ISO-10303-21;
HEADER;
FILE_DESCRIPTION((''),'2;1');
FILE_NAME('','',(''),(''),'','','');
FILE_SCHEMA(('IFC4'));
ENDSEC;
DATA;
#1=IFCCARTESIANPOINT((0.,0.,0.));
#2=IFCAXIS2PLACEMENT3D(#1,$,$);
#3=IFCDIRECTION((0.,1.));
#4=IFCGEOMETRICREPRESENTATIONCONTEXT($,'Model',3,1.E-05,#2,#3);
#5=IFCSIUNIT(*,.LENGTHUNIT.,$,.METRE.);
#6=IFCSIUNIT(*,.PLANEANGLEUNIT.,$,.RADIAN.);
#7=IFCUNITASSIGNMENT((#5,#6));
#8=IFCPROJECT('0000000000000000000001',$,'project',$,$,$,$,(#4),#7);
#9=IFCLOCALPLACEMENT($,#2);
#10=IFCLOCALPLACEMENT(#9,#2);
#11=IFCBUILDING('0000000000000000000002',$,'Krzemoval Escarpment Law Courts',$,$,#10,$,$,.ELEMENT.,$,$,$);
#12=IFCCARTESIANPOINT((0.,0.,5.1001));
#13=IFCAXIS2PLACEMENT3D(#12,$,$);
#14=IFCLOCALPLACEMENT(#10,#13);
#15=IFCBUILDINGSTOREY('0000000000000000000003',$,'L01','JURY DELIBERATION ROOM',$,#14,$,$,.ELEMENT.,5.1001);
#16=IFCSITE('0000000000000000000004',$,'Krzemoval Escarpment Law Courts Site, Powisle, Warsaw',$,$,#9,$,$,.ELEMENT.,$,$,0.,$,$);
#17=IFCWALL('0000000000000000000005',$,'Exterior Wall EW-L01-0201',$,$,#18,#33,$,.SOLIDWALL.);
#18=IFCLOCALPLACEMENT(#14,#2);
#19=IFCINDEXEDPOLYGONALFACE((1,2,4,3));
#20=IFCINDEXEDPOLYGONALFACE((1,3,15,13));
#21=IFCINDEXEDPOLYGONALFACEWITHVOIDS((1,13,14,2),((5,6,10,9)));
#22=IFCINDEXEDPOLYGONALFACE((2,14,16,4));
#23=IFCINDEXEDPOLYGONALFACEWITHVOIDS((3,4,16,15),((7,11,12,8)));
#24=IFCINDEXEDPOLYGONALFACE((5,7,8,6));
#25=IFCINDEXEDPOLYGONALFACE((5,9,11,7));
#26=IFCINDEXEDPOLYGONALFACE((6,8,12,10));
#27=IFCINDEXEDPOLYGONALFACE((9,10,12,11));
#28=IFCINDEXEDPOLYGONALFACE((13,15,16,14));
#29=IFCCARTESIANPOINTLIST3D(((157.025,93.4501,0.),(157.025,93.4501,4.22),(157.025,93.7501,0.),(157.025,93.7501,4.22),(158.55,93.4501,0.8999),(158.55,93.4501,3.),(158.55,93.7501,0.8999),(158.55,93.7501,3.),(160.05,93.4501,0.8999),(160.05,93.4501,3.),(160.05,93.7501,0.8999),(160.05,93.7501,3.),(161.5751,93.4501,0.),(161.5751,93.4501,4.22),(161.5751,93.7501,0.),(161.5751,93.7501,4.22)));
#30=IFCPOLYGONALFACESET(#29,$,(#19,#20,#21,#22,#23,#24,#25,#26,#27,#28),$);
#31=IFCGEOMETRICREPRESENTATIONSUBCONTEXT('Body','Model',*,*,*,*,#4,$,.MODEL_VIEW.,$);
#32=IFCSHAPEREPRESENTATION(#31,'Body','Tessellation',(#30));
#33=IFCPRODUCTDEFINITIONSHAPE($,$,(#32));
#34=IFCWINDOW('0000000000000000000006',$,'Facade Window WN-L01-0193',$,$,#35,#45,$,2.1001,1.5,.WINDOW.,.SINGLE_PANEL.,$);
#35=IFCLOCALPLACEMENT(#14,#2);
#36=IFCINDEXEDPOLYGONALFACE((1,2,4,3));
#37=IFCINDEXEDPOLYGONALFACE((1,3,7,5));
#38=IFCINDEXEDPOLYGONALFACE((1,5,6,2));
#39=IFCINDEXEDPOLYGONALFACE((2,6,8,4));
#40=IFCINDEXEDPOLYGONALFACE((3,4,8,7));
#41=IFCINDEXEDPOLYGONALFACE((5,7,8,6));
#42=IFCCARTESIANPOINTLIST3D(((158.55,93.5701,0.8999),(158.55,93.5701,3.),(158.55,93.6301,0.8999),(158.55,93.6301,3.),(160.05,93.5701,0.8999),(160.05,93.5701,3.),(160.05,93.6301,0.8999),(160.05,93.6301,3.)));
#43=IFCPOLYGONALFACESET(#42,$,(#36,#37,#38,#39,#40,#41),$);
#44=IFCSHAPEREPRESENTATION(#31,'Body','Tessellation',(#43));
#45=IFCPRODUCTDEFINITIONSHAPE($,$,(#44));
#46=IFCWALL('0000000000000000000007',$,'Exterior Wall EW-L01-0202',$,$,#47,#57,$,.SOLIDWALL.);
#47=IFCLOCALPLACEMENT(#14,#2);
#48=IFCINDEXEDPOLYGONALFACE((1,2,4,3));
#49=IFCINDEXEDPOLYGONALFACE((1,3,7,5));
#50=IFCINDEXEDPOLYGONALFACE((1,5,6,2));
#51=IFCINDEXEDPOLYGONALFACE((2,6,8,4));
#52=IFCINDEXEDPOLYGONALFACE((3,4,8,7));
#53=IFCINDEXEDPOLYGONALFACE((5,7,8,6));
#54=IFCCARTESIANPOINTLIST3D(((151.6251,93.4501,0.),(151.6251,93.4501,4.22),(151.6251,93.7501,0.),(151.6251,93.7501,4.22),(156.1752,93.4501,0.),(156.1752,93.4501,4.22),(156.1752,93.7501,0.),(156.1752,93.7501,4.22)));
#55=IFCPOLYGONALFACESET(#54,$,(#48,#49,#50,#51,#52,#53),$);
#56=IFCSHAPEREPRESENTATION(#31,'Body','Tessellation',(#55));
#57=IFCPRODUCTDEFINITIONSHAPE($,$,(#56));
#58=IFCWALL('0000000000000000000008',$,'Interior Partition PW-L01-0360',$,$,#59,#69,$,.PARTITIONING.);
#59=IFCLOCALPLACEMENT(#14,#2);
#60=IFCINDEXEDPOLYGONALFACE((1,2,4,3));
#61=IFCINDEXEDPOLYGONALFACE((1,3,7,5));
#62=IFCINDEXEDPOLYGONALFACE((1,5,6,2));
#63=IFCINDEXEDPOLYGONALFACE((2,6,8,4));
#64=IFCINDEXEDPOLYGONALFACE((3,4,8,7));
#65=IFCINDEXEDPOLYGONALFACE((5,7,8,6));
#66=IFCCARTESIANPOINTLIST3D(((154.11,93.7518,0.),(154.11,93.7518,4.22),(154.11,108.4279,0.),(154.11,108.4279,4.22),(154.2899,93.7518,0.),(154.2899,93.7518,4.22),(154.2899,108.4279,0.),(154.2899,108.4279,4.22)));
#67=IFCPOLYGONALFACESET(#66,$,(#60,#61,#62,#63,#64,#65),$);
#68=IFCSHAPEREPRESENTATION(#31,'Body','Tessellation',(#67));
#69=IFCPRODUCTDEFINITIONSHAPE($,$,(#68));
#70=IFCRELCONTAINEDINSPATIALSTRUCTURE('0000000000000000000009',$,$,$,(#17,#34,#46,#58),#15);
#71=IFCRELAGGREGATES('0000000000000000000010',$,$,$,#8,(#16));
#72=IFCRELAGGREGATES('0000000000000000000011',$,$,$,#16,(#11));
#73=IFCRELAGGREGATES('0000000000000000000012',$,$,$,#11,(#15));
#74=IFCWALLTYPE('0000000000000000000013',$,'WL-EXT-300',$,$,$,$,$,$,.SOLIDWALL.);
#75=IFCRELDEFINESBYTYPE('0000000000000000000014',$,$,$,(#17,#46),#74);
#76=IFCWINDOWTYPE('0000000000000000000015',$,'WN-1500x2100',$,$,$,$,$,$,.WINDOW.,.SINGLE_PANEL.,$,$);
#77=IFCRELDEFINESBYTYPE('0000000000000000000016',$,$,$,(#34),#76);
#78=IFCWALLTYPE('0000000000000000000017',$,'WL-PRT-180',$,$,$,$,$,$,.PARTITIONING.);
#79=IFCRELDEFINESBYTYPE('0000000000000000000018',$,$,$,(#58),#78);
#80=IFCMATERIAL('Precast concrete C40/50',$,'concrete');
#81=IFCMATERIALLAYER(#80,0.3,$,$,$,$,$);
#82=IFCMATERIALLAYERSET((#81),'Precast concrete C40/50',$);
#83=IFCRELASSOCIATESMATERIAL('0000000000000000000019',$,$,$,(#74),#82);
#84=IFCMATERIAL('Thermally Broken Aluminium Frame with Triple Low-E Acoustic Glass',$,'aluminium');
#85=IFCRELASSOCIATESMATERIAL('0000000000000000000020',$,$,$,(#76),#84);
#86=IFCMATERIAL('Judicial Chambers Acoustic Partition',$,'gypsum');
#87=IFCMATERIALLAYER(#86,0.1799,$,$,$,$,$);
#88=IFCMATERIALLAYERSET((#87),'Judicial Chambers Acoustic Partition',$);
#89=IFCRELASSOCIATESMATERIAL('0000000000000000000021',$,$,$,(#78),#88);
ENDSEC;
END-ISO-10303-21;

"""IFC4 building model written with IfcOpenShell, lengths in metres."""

from ifc_helpers import new_model, si_unit, direction, frame, frame_2d, origin, place, context, subcontext, project, spatial, rectangle, extrude, material, layer, layer_set, type_object, element, fill, save


model = new_model("IFC4")

# Units and contexts
model_context = context("Model", 3, precision=1e-05, world=origin(), true_north=direction((0.0, 1.0)))
body_context = subcontext(model_context, "Body", "Model", "MODEL_VIEW")
ifc_project = project(units=[si_unit("LENGTHUNIT", "METRE"), si_unit("PLANEANGLEUNIT", "RADIAN")], contexts=[model_context])

# Site, building, storey
site_placement = place(None, origin())
site = spatial("IfcSite", under=ifc_project, at=site_placement, Name="Krzemoval Escarpment Law Courts Site, Powisle, Warsaw", CompositionType="ELEMENT", RefElevation=0.0)
building_placement = place(site_placement, origin())
building = spatial("IfcBuilding", under=site, at=building_placement, Name="Krzemoval Escarpment Law Courts", CompositionType="ELEMENT")
storey_placement = place(building_placement, frame((0.0, 0.0, 5.1001)))
storey = spatial("IfcBuildingStorey", under=building, at=storey_placement, Name="L01", Description="JURY DELIBERATION ROOM", CompositionType="ELEMENT", Elevation=5.1001)

# Wall, opening, window
ifc_material_1 = material(Name="Precast concrete C40/50", Category="concrete")
ifc_layer_1 = layer(ifc_material_1, 0.3)
ifc_layer_set_1 = layer_set([ifc_layer_1], Name="Precast concrete C40/50")
wall_type_1 = type_object("IfcWallType", Name="WL-EXT-300", PredefinedType="SOLIDWALL", material=ifc_layer_set_1)
ifc_material_2 = material(Name="Thermally Broken Aluminium Frame with Triple Low-E Acoustic Glass", Category="aluminium")
window_type = type_object("IfcWindowType", Name="WN-1500x2100", PartitioningType="SINGLE_PANEL", PredefinedType="WINDOW", material=ifc_material_2)
wall_1_placement = place(storey_placement, frame((161.575, 93.6001, 0.0), z_axis=(0.0, 0.0, 1.0), x_axis=(-1.0, 0.0, 0.0)))
wall_1 = element("IfcWall", 1, at=wall_1_placement, inside=storey, type_object=wall_type_1, Name="Exterior Wall EW-L01-0201", PredefinedType="SOLIDWALL", context=body_context, shape_type="SweptSolid", body=[
    extrude(rectangle(XDim=4.55, YDim=0.3, at=frame_2d((2.2749, 0.0))), origin(), (0.0, 0.0, 1.0), 4.22),
])
opening_1_placement = place(wall_1_placement, frame((1.5249, 0.0, 0.8999)))
opening_1 = element("IfcOpeningElement", 2, at=opening_1_placement, cuts=wall_1, PredefinedType="OPENING", context=body_context, shape_type="SweptSolid", body=[
    extrude(rectangle(XDim=1.5, YDim=2.1001, at=frame_2d((0.75, 1.05))), frame((0.0, 0.165, 0.0), z_axis=(0.0, -1.0, 0.0), x_axis=(1.0, 0.0, 0.0)), (0.0, 0.0, 1.0), 0.3301),
])
window_1_placement = place(opening_1_placement, origin())
window_1 = element("IfcWindow", 3, at=window_1_placement, inside=storey, type_object=window_type, Name="Facade Window WN-L01-0193", OverallHeight=2.1001, OverallWidth=1.5, PartitioningType="SINGLE_PANEL", PredefinedType="WINDOW", context=body_context, shape_type="SweptSolid", body=[
    extrude(rectangle(XDim=1.5, YDim=2.1001, at=frame_2d((0.75, 1.05))), frame((0.0, 0.03, 0.0), z_axis=(0.0, -1.0, 0.0), x_axis=(1.0, 0.0, 0.0)), (0.0, 0.0, 1.0), 0.0601),
])
fill(opening_1, window_1)

# Walls
wall_2_placement = place(storey_placement, frame((156.175, 93.6001, 0.0), z_axis=(0.0, 0.0, 1.0), x_axis=(-1.0, 0.0, 0.0)))
element("IfcWall", 4, at=wall_2_placement, inside=storey, type_object=wall_type_1, Name="Exterior Wall EW-L01-0202", PredefinedType="SOLIDWALL", context=body_context, shape_type="SweptSolid", body=[
    extrude(rectangle(XDim=4.55, YDim=0.3, at=frame_2d((2.2749, 0.0))), origin(), (0.0, 0.0, 1.0), 4.22),
])
ifc_material_3 = material(Name="Judicial Chambers Acoustic Partition", Category="gypsum")
ifc_layer_2 = layer(ifc_material_3, 0.1799)
ifc_layer_set_2 = layer_set([ifc_layer_2], Name="Judicial Chambers Acoustic Partition")
wall_type_2 = type_object("IfcWallType", Name="WL-PRT-180", PredefinedType="PARTITIONING", material=ifc_layer_set_2)
wall_3_placement = place(storey_placement, frame((154.2, 93.752, 0.0), z_axis=(0.0, 0.0, 1.0), x_axis=(0.0, 1.0, 0.0)))
element("IfcWall", 5, at=wall_3_placement, inside=storey, type_object=wall_type_2, Name="Interior Partition PW-L01-0360", PredefinedType="PARTITIONING", context=body_context, shape_type="SweptSolid", body=[
    extrude(rectangle(XDim=14.676, YDim=0.1799, at=frame_2d((7.3379, 0.0))), origin(), (0.0, 0.0, 1.0), 4.22),
])

save(model, "model.ifc")
